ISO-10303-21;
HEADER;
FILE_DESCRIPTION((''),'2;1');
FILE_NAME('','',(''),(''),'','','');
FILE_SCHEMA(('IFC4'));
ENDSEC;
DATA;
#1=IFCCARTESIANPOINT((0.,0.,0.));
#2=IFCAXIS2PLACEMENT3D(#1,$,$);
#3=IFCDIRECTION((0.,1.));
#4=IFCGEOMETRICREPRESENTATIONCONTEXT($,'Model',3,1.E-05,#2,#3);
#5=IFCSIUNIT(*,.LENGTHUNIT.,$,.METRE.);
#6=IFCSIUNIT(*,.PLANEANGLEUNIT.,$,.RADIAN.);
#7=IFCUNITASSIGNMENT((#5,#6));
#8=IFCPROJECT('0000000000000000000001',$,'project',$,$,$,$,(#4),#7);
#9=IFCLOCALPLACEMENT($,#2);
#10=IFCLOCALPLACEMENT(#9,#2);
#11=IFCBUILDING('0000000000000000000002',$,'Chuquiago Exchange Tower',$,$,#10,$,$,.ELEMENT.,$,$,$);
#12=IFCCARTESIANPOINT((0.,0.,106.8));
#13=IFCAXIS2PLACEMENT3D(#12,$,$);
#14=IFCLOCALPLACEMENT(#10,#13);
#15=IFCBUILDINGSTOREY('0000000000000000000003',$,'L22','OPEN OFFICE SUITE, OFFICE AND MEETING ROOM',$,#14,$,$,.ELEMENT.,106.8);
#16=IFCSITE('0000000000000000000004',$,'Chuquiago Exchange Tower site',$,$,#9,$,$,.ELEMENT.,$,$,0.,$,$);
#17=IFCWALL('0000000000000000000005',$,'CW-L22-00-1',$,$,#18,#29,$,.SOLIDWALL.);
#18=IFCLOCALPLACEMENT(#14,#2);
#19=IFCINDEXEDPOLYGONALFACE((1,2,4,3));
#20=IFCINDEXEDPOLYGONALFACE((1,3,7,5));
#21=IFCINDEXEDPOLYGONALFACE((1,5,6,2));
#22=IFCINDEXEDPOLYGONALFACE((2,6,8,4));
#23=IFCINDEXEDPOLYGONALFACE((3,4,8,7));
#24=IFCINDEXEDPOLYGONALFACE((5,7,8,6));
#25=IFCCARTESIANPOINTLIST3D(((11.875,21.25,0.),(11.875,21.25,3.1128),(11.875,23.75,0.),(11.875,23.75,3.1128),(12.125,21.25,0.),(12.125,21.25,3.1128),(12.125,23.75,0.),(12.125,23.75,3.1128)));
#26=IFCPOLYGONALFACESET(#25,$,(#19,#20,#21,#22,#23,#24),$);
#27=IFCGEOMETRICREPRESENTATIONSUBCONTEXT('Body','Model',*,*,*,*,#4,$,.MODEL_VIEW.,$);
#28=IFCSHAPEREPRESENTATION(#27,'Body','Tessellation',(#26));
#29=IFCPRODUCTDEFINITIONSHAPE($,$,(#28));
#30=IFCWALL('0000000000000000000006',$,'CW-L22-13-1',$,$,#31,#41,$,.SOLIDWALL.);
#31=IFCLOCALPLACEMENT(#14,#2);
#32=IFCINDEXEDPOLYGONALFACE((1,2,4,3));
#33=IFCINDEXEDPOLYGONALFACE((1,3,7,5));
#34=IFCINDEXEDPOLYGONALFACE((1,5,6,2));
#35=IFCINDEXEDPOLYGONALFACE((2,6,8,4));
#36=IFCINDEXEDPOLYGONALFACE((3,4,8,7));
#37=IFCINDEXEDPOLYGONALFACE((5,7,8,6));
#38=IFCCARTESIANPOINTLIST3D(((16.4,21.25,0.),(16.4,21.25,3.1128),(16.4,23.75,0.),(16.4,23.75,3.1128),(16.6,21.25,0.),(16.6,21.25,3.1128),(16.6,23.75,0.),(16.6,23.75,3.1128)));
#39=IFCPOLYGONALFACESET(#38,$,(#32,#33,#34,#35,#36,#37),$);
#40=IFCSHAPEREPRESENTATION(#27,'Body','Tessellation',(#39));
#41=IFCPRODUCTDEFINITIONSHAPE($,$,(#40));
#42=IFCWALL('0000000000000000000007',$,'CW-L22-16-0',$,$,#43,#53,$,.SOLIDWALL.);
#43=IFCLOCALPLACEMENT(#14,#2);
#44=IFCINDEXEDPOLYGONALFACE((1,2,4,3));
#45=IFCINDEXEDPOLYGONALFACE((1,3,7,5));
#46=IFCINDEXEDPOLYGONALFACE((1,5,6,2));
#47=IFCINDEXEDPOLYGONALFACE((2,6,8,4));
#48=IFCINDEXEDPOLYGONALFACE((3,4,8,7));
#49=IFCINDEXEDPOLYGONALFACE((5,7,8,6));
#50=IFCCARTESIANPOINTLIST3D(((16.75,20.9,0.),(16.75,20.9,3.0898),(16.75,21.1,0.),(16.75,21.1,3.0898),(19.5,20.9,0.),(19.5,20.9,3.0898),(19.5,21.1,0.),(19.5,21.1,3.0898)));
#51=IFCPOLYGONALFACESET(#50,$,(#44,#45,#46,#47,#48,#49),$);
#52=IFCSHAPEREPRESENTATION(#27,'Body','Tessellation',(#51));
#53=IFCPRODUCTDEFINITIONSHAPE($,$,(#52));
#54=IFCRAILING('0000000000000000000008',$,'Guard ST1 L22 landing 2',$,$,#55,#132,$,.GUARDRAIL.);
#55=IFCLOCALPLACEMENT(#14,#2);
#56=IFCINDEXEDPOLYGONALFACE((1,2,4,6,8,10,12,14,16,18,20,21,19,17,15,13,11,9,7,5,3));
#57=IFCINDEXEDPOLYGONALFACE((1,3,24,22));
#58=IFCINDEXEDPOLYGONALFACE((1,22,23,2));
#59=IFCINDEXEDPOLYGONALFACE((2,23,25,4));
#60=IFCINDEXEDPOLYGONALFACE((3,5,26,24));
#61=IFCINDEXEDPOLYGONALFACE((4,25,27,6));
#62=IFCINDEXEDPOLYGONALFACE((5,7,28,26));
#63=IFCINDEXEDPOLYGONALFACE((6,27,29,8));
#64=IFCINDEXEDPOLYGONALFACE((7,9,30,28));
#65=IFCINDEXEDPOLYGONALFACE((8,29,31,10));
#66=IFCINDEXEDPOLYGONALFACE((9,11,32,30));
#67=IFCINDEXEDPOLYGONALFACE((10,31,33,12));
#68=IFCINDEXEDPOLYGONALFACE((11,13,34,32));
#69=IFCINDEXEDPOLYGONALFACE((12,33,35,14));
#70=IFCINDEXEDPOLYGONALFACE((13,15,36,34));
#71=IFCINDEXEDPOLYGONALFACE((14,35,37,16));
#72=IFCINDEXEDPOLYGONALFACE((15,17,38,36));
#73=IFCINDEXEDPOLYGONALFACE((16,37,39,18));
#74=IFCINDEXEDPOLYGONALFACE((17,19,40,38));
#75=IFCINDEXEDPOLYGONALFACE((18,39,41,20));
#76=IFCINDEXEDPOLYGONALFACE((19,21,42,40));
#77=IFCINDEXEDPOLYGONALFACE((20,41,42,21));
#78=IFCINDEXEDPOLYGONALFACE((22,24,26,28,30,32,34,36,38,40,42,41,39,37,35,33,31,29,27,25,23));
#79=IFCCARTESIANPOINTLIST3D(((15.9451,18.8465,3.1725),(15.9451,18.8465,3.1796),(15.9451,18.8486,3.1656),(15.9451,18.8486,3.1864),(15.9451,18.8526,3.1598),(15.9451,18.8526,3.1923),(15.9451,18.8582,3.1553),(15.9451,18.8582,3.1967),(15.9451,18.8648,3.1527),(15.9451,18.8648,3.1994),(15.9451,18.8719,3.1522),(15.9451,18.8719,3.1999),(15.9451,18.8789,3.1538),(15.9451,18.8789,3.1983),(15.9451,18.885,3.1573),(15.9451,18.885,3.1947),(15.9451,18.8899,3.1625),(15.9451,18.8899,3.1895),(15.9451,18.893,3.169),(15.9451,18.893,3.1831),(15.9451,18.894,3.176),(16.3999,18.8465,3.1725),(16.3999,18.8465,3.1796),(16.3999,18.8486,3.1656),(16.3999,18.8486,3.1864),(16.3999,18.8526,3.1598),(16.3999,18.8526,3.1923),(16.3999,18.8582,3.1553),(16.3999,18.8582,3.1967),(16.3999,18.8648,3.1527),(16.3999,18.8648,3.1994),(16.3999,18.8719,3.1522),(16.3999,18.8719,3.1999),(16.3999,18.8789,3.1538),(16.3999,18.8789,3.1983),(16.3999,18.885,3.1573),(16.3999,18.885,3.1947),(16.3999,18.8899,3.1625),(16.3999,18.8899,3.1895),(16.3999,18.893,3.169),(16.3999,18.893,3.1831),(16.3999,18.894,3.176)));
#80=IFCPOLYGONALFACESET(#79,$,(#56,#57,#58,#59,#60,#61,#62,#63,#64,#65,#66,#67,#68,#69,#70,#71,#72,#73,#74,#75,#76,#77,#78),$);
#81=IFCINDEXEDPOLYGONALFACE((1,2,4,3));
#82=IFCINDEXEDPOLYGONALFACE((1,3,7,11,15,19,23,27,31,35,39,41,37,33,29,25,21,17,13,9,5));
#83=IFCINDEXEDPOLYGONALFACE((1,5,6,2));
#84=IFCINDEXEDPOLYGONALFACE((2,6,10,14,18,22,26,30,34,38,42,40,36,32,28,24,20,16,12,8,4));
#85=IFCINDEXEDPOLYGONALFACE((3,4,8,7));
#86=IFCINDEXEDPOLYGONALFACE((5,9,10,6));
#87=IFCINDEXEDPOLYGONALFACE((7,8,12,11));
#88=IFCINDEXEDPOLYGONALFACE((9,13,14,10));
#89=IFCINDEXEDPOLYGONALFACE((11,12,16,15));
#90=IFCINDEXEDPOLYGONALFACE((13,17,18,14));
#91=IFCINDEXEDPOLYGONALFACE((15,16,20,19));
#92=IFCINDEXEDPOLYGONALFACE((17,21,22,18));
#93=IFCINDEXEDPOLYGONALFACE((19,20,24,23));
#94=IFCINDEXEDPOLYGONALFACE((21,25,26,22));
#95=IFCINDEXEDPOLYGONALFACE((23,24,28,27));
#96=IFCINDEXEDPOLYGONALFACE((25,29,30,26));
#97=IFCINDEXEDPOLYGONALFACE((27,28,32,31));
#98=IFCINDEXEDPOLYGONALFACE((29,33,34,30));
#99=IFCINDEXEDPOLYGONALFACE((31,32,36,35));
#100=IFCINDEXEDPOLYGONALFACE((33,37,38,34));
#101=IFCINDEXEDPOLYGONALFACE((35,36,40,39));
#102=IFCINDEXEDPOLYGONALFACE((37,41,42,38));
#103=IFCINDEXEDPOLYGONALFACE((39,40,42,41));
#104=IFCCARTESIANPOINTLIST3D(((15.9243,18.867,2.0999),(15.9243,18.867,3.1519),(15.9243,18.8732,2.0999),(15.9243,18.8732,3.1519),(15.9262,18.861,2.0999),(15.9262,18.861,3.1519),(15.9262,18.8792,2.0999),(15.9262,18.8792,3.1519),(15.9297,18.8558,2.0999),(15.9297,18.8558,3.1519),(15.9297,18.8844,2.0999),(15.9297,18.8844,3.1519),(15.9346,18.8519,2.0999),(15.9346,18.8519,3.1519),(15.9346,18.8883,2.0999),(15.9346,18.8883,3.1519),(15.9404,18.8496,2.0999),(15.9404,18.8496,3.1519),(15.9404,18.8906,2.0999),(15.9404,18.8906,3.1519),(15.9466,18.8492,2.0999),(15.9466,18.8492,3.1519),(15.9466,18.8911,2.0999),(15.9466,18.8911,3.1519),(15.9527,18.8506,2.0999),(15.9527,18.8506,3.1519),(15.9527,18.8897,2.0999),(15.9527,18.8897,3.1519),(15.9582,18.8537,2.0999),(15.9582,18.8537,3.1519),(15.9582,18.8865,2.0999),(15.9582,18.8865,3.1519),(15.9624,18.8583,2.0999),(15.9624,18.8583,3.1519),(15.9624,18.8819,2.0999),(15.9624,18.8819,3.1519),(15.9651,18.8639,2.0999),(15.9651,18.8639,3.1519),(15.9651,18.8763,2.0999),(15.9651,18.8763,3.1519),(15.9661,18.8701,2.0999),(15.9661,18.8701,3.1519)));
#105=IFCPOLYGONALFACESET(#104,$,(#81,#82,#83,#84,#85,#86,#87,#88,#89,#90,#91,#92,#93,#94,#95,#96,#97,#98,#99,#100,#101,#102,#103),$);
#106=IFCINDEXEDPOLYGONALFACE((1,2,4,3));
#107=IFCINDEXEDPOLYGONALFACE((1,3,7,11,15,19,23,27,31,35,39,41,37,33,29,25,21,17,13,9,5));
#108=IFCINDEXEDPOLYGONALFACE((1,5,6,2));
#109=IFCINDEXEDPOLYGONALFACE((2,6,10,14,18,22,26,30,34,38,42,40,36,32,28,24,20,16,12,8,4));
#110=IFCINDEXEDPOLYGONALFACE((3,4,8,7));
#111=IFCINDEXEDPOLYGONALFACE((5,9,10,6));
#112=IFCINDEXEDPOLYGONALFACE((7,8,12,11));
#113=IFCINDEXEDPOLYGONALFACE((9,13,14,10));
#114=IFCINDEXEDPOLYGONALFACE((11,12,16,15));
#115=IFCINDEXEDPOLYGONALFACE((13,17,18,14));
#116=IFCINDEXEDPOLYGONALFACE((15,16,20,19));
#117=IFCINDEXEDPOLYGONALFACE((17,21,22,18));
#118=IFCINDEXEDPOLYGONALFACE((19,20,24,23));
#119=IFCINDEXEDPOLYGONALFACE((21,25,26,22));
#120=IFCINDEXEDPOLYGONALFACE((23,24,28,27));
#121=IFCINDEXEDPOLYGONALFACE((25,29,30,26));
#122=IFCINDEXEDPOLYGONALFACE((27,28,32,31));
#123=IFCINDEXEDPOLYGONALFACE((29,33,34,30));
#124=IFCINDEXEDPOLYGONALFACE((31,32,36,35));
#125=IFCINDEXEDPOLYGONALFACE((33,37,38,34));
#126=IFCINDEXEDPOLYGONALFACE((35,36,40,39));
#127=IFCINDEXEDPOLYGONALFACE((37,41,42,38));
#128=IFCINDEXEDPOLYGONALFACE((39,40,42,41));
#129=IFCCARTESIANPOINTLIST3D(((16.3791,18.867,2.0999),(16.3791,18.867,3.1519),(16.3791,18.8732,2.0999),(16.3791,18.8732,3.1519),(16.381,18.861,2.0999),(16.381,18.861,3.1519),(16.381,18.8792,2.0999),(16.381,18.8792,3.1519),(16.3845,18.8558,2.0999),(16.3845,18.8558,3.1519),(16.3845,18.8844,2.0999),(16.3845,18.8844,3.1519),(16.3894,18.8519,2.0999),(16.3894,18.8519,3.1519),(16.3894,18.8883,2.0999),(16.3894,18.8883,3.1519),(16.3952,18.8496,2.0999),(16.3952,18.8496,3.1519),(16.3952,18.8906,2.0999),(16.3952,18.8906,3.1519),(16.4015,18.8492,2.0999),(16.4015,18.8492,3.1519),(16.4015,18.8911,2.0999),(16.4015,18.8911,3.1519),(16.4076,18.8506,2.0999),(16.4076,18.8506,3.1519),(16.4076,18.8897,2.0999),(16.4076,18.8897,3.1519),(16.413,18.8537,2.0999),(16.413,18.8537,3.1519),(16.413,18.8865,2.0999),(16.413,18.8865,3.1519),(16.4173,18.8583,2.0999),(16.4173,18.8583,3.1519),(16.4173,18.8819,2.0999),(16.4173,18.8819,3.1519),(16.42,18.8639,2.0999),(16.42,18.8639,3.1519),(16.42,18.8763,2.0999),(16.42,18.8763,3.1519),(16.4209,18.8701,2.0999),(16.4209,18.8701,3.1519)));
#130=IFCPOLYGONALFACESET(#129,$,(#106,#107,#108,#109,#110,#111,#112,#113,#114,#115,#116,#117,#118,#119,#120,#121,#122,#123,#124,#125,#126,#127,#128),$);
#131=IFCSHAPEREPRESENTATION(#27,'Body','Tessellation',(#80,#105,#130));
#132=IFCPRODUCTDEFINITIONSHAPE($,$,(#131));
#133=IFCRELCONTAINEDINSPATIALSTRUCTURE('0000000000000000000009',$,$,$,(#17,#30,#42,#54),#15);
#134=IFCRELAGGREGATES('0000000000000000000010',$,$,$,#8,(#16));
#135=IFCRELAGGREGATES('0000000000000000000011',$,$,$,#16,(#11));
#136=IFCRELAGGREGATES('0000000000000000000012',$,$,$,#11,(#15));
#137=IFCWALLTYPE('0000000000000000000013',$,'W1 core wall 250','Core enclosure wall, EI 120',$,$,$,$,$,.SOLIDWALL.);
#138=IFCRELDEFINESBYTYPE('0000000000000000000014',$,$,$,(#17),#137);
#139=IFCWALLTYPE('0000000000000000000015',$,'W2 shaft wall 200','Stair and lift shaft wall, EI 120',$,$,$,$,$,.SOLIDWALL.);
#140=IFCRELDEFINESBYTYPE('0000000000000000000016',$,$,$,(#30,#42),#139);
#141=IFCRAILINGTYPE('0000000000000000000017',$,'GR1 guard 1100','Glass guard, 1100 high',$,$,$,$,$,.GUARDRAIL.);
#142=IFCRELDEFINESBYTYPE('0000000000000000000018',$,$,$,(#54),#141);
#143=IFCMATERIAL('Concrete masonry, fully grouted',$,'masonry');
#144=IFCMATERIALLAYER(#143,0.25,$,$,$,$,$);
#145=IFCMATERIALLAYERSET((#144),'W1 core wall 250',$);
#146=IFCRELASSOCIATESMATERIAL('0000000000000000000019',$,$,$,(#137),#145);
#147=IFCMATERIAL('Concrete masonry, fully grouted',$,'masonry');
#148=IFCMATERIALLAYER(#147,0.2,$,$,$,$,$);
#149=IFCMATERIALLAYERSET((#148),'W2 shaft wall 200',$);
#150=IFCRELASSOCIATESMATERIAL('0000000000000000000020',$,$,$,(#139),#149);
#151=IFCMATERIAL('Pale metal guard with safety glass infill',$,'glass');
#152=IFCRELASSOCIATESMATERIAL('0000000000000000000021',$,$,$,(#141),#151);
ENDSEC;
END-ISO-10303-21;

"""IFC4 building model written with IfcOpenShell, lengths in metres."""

from ifc_helpers import new_model, si_unit, direction, frame, frame_2d, origin, origin_2d, place, context, subcontext, project, spatial, rectangle, circle, extrude, material, layer, layer_set, type_object, element, save


model = new_model("IFC4")

# Units and contexts
model_context = context("Model", 3, precision=1e-05, world=origin(), true_north=direction((0.0, 1.0)))
body_context = subcontext(model_context, "Body", "Model", "MODEL_VIEW")
ifc_project = project(units=[si_unit("LENGTHUNIT", "METRE"), si_unit("PLANEANGLEUNIT", "RADIAN")], contexts=[model_context])

# Site, building, storey
site_placement = place(None, origin())
site = spatial("IfcSite", under=ifc_project, at=site_placement, Name="Chuquiago Exchange Tower site", CompositionType="ELEMENT", RefElevation=0.0)
building_placement = place(site_placement, origin())
building = spatial("IfcBuilding", under=site, at=building_placement, Name="Chuquiago Exchange Tower", CompositionType="ELEMENT")
storey_placement = place(building_placement, frame((0.0, 0.0, 106.8)))
storey = spatial("IfcBuildingStorey", under=building, at=storey_placement, Name="L22", Description="OPEN OFFICE SUITE, OFFICE AND MEETING ROOM", CompositionType="ELEMENT", Elevation=106.8)

# Walls
ifc_material_1 = material(Name="Concrete masonry, fully grouted", Category="masonry")
ifc_layer_1 = layer(ifc_material_1, 0.25)
ifc_layer_set_1 = layer_set([ifc_layer_1], Name="W1 core wall 250")
wall_type_1 = type_object("IfcWallType", Name="W1 core wall 250", Description="Core enclosure wall, EI 120", PredefinedType="SOLIDWALL", material=ifc_layer_set_1)
wall_1_placement = place(storey_placement, frame((12.0, 21.25, 0.0), z_axis=(0.0, 0.0, 1.0), x_axis=(0.0, 1.0, 0.0)))
element("IfcWall", 1, at=wall_1_placement, inside=storey, type_object=wall_type_1, Name="CW-L22-00-1", PredefinedType="SOLIDWALL", context=body_context, shape_type="SweptSolid", body=[
    extrude(rectangle(XDim=2.5, YDim=0.25, at=frame_2d((1.25, 0.0))), origin(), (0.0, 0.0, 1.0), 3.1128),
])
ifc_material_2 = material(Name="Concrete masonry, fully grouted", Category="masonry")
ifc_layer_2 = layer(ifc_material_2, 0.2)
ifc_layer_set_2 = layer_set([ifc_layer_2], Name="W2 shaft wall 200")
wall_type_2 = type_object("IfcWallType", Name="W2 shaft wall 200", Description="Stair and lift shaft wall, EI 120", PredefinedType="SOLIDWALL", material=ifc_layer_set_2)
wall_2_placement = place(storey_placement, frame((16.5, 21.25, 0.0), z_axis=(0.0, 0.0, 1.0), x_axis=(0.0, 1.0, 0.0)))
element("IfcWall", 2, at=wall_2_placement, inside=storey, type_object=wall_type_2, Name="CW-L22-13-1", PredefinedType="SOLIDWALL", context=body_context, shape_type="SweptSolid", body=[
    extrude(rectangle(XDim=2.5, YDim=0.2, at=frame_2d((1.25, 0.0))), origin(), (0.0, 0.0, 1.0), 3.1128),
])
wall_3_placement = place(storey_placement, frame((16.75, 21.0, 0.0), z_axis=(0.0, 0.0, 1.0), x_axis=(1.0, 0.0, 0.0)))
element("IfcWall", 3, at=wall_3_placement, inside=storey, type_object=wall_type_2, Name="CW-L22-16-0", PredefinedType="SOLIDWALL", context=body_context, shape_type="SweptSolid", body=[
    extrude(rectangle(XDim=2.75, YDim=0.2, at=frame_2d((1.375, 0.0))), origin(), (0.0, 0.0, 1.0), 3.0898),
])

# Railing
ifc_material_3 = material(Name="Pale metal guard with safety glass infill", Category="glass")
railing_type_1 = type_object("IfcRailingType", Name="GR1 guard 1100", Description="Glass guard, 1100 high", PredefinedType="GUARDRAIL", material=ifc_material_3)
railing_1_placement = place(storey_placement, frame((15.9451, 18.8701, 2.0999)))
element("IfcRailing", 4, at=railing_1_placement, inside=storey, type_object=railing_type_1, Name="Guard ST1 L22 landing 2", PredefinedType="GUARDRAIL", context=body_context, shape_type="SweptSolid", body=[
    extrude(circle(Radius=0.0239, at=origin_2d()), frame((0.0, 0.0, 1.0762), z_axis=(1.0, 0.0, 0.0), x_axis=(0.0, 1.0, 0.0)), (0.0, 0.0, 1.0), 0.4548),
    extrude(circle(Radius=0.021, at=origin_2d()), origin(), (0.0, 0.0, 1.0), 1.052),
    extrude(circle(Radius=0.021, at=origin_2d()), frame((0.4548, 0.0, 0.0)), (0.0, 0.0, 1.0), 1.052),
])

save(model, "model.ifc")
